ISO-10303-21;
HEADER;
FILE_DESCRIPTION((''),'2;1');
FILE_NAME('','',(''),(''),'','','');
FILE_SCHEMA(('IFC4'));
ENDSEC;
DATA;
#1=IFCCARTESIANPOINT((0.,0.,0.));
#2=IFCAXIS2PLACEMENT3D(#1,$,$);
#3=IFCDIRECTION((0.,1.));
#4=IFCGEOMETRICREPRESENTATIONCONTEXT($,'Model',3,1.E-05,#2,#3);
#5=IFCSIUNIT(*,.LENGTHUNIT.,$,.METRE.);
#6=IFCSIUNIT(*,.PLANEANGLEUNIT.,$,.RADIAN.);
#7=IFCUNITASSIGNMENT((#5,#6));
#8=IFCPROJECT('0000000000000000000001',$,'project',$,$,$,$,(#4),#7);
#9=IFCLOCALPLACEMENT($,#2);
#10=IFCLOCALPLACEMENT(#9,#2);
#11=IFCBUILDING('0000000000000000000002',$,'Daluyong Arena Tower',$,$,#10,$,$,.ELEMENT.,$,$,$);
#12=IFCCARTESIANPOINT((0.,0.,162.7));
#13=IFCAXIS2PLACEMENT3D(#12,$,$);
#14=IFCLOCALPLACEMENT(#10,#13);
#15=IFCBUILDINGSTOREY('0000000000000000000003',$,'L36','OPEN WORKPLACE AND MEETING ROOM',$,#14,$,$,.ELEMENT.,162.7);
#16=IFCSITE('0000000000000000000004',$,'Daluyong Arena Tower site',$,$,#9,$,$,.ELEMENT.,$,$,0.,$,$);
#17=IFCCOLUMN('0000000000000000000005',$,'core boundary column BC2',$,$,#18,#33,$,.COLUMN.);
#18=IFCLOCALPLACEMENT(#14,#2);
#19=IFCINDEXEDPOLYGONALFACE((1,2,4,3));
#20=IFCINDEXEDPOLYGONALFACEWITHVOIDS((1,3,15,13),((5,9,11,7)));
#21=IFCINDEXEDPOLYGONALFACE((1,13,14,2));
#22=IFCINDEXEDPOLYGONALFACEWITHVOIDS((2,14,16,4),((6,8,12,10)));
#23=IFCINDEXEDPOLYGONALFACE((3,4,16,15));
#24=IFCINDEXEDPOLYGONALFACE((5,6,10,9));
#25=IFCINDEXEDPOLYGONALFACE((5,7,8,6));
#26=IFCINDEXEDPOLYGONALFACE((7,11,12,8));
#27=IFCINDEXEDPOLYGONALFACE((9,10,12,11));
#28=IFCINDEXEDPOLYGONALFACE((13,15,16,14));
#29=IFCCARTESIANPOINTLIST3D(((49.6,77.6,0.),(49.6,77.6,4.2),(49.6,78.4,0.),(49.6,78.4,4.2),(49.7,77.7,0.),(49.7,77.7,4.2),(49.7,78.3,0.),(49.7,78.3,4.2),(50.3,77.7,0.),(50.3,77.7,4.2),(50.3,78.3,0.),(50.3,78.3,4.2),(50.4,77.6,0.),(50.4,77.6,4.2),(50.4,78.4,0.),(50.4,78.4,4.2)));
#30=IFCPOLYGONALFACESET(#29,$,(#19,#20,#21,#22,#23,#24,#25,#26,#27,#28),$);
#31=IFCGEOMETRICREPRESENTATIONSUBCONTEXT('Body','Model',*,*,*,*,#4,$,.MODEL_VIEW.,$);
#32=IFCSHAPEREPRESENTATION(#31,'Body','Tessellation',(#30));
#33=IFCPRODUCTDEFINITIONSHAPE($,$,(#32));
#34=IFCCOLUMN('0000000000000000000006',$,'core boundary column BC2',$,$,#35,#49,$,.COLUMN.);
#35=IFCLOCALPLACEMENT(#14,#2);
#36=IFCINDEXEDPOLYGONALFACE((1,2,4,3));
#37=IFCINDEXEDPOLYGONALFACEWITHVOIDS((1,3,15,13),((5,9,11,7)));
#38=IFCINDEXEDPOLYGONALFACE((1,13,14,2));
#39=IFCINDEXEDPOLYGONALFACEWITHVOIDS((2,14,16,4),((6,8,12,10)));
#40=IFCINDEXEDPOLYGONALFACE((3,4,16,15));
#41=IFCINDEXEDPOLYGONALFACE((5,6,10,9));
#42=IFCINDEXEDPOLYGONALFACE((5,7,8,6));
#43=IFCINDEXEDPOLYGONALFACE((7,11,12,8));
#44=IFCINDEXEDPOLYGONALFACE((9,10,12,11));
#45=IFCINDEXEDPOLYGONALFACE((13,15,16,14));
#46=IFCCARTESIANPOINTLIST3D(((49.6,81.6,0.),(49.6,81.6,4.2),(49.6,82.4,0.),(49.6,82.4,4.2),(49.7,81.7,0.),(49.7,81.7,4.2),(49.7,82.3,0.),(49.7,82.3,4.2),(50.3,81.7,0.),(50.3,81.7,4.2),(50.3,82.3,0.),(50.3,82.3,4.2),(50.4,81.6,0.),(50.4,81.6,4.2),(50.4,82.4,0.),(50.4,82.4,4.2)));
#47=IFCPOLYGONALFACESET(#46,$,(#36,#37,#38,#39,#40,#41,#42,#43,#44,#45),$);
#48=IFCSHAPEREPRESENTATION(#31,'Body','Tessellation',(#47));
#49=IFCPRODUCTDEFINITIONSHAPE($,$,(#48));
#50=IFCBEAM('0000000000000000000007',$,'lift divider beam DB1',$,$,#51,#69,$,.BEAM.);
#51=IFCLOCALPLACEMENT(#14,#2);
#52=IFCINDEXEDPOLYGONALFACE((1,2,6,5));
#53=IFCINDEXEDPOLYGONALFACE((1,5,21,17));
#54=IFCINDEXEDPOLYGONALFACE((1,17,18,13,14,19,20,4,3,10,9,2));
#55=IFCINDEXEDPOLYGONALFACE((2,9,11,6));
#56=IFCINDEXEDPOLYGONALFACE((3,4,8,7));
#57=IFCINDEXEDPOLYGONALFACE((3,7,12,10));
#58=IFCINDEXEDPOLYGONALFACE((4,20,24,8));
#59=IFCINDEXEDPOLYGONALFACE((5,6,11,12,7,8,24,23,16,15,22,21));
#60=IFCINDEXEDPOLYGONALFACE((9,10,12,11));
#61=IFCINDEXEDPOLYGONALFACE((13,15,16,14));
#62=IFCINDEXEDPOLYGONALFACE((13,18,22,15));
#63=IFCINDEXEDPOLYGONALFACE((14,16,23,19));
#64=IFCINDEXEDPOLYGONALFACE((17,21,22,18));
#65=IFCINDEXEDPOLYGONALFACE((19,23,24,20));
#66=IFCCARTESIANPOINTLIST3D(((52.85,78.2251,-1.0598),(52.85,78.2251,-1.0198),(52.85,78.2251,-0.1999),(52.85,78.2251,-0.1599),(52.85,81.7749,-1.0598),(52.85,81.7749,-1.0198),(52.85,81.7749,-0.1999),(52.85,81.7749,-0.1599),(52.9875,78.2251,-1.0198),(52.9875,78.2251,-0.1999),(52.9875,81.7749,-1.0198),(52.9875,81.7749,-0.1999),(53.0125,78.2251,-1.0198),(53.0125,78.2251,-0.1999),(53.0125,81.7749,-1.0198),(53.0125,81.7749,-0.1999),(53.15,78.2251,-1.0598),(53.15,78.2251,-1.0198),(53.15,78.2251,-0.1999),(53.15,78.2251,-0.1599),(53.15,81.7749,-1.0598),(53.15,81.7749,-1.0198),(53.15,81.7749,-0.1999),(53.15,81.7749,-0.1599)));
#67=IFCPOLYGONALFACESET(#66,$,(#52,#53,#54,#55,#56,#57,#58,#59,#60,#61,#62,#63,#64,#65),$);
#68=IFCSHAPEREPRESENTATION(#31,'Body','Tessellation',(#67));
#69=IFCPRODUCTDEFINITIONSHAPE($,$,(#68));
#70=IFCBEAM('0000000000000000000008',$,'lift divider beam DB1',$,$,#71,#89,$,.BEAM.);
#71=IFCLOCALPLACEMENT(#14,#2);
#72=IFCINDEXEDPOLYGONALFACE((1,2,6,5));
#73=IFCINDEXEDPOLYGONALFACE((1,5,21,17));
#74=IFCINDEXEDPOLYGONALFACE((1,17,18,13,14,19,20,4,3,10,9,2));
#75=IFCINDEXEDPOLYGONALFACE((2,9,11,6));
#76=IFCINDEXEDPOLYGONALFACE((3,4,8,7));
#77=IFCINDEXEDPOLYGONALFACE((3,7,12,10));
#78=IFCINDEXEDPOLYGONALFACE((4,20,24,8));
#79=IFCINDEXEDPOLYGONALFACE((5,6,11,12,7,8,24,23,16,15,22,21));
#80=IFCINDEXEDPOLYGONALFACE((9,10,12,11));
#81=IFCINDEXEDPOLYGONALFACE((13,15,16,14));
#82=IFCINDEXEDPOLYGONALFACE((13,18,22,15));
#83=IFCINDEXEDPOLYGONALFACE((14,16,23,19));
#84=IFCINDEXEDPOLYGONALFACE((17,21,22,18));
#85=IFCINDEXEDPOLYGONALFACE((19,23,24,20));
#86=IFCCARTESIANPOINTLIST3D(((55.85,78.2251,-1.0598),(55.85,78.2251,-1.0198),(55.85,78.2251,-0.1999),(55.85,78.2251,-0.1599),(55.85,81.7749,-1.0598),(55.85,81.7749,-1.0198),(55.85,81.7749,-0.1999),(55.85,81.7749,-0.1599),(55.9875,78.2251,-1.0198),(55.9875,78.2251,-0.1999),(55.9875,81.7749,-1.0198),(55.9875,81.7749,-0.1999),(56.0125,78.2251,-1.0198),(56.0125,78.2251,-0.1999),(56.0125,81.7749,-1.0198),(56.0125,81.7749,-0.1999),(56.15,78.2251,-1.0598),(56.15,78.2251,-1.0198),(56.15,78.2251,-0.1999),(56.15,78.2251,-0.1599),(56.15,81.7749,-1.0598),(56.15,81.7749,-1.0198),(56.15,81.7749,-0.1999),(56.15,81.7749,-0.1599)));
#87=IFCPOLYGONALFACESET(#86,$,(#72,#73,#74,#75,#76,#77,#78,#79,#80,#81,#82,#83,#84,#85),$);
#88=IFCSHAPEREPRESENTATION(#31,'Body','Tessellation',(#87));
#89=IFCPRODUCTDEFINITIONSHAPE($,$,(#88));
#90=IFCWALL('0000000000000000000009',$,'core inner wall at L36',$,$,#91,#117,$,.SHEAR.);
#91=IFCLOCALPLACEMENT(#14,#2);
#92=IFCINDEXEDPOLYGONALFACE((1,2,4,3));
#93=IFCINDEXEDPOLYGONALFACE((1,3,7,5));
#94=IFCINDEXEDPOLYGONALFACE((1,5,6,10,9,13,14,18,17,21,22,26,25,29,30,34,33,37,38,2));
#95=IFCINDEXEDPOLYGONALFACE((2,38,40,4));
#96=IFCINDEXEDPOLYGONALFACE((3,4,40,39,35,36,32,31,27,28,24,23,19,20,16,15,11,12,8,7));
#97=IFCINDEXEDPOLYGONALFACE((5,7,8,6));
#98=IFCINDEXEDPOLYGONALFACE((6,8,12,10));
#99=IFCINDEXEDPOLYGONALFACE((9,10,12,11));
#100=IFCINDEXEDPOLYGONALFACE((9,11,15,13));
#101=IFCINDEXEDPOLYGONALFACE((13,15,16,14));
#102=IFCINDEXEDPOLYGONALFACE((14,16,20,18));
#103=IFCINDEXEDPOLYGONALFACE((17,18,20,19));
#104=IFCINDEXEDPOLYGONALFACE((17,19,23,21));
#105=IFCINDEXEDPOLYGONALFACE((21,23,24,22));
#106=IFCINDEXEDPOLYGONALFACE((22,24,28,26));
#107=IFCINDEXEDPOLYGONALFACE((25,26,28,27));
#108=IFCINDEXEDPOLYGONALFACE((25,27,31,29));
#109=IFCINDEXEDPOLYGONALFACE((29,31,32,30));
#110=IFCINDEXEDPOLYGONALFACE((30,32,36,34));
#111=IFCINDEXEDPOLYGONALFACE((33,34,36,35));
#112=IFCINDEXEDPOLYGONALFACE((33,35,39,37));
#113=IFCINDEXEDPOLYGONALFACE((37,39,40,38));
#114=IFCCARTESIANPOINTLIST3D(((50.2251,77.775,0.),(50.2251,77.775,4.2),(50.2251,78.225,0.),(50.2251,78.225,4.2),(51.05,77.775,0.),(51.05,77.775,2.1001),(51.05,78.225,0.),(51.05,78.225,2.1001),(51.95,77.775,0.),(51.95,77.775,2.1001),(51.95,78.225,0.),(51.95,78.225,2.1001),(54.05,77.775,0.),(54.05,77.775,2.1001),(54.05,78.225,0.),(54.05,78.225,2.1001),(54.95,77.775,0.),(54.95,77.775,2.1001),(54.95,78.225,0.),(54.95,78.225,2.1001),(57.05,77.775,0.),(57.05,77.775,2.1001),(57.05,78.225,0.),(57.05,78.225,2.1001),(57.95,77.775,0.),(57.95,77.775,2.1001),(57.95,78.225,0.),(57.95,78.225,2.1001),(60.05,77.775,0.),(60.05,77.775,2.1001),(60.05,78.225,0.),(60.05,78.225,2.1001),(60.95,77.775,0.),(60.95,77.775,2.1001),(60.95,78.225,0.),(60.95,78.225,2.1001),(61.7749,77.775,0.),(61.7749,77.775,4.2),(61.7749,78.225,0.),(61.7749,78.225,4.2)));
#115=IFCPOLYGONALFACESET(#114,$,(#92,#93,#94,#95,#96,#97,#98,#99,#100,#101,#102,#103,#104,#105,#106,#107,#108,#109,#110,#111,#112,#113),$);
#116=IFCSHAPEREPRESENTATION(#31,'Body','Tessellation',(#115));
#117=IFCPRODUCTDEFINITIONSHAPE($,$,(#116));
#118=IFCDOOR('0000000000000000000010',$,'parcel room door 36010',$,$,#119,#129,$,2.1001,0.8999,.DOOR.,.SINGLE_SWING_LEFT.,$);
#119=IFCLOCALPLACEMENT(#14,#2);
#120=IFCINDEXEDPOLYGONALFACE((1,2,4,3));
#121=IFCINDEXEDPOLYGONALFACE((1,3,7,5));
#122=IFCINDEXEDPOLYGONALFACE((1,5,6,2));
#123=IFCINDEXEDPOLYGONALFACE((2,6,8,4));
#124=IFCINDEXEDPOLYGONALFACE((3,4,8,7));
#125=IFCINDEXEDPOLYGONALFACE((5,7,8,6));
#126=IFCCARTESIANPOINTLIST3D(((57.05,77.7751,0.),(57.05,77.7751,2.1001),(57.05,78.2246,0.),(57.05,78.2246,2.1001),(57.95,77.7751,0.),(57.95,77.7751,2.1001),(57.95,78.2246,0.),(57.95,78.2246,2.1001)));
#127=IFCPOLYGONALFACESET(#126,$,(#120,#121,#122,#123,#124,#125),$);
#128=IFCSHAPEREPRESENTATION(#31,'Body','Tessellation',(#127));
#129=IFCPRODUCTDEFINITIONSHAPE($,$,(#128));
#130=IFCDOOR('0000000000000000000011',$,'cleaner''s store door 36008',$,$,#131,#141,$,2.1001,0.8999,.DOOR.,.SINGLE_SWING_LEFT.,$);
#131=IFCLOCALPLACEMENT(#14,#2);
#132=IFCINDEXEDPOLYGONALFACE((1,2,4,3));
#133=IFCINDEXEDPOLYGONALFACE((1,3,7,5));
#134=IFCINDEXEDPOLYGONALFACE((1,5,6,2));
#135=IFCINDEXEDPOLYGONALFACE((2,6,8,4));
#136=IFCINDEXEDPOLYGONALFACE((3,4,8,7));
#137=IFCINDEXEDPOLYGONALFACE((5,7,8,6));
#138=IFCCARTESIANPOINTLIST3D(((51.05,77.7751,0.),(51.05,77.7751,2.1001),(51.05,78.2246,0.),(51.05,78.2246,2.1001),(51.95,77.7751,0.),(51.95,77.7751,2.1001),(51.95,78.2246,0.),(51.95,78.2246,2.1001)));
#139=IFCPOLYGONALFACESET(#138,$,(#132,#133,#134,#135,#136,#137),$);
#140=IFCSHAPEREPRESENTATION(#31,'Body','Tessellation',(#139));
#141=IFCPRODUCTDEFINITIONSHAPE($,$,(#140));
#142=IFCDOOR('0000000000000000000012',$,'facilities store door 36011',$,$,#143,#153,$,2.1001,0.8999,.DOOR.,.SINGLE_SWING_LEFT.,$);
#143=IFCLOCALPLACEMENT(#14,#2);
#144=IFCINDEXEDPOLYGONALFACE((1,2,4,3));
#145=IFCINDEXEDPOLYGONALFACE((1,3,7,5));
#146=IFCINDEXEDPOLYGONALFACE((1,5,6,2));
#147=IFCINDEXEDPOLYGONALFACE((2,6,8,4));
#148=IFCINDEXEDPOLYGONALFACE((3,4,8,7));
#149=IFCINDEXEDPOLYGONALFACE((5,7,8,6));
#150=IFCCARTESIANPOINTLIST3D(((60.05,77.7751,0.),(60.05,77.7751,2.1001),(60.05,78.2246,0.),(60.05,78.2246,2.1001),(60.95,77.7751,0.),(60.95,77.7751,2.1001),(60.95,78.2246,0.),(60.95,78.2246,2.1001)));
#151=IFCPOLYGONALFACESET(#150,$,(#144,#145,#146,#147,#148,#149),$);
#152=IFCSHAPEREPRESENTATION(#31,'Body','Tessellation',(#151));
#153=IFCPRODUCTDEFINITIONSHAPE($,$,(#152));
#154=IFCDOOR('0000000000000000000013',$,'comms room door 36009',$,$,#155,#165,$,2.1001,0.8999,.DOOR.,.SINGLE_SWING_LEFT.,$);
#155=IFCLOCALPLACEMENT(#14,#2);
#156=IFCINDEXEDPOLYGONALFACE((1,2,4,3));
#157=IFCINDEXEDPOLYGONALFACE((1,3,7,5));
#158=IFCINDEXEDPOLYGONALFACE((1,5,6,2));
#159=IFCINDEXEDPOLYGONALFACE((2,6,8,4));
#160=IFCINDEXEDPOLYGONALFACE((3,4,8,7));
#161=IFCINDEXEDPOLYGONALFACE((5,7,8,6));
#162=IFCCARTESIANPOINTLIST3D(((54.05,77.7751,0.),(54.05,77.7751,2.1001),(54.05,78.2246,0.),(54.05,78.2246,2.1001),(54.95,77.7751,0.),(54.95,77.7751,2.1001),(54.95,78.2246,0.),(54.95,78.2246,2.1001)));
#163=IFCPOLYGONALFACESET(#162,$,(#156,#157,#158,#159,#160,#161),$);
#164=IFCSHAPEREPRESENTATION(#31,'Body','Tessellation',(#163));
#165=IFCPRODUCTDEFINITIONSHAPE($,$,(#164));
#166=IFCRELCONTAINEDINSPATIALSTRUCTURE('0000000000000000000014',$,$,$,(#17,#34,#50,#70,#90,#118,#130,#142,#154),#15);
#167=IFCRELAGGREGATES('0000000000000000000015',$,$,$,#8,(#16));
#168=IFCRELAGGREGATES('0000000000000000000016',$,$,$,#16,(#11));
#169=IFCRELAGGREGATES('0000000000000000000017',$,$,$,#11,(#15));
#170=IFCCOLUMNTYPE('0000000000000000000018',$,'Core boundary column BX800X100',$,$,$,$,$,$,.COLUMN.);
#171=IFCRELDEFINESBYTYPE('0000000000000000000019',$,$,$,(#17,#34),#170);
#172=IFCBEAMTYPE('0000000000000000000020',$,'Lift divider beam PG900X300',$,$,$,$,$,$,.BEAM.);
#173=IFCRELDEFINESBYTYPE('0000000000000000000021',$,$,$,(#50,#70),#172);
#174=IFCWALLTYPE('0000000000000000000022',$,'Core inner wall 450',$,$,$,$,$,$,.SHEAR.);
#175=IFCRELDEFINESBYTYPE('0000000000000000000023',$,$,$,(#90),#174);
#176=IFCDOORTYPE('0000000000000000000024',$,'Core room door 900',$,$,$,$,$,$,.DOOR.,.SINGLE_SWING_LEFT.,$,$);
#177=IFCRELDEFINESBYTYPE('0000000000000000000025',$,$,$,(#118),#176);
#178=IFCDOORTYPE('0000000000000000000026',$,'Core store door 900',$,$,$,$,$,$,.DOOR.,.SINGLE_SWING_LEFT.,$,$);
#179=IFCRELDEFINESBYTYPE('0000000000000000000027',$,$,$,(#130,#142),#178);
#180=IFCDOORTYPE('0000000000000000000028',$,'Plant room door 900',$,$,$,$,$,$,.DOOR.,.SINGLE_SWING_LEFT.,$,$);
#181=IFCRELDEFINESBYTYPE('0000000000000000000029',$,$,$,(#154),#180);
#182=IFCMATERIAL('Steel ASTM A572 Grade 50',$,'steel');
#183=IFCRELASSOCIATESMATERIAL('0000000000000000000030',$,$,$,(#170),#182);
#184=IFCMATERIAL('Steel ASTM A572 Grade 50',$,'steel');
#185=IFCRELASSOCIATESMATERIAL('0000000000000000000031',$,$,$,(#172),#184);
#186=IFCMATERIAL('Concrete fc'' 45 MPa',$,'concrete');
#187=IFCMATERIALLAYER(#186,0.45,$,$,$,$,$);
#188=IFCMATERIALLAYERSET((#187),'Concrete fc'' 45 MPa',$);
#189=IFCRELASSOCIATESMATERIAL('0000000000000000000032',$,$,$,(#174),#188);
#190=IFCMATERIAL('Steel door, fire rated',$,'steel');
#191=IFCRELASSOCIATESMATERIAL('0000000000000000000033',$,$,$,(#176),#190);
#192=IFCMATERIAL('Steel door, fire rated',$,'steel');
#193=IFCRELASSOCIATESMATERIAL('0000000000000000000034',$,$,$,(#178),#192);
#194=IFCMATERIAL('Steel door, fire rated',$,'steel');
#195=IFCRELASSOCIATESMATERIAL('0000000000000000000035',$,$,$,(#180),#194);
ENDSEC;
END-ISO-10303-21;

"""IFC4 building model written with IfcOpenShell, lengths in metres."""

from ifc_helpers import new_model, si_unit, direction, frame, frame_2d, origin, origin_2d, place, context, subcontext, project, spatial, rectangle, hollow_rectangle, i_section, extrude, material, layer, layer_set, material_profile, profile_set, type_object, element, fill, save


model = new_model("IFC4")

# Units and contexts
model_context = context("Model", 3, precision=1e-05, world=origin(), true_north=direction((0.0, 1.0)))
body_context = subcontext(model_context, "Body", "Model", "MODEL_VIEW")
ifc_project = project(units=[si_unit("LENGTHUNIT", "METRE"), si_unit("PLANEANGLEUNIT", "RADIAN")], contexts=[model_context])

# Site, building, storey
site_placement = place(None, origin())
site = spatial("IfcSite", under=ifc_project, at=site_placement, Name="Daluyong Arena Tower site", CompositionType="ELEMENT", RefElevation=0.0)
building_placement = place(site_placement, origin())
building = spatial("IfcBuilding", under=site, at=building_placement, Name="Daluyong Arena Tower", CompositionType="ELEMENT")
storey_placement = place(building_placement, frame((0.0, 0.0, 162.7)))
storey = spatial("IfcBuildingStorey", under=building, at=storey_placement, Name="L36", Description="OPEN WORKPLACE AND MEETING ROOM", CompositionType="ELEMENT", Elevation=162.7)

# Columns
ifc_material_1 = material(Name="Steel ASTM A572 Grade 50", Category="steel")
ifc_material_profile_1 = material_profile(ifc_material_1, hollow_rectangle(XDim=0.8, YDim=0.8, WallThickness=0.1, at=origin_2d()))
ifc_profile_set_1 = profile_set([ifc_material_profile_1], Name="Steel ASTM A572 Grade 50")
column_type = type_object("IfcColumnType", Name="Core boundary column BX800X100", PredefinedType="COLUMN", material=ifc_profile_set_1)
for number, where, z_axis, x_axis, name in (
    (1, (50.0, 78.0, 0.0), (0.0, 0.0, 1.0), (1.0, 0.0, 0.0), "core boundary column BC2"),
    (2, (50.0, 82.0, 0.0), (0.0, 0.0, 1.0), (1.0, 0.0, 0.0), "core boundary column BC2"),
):
    element("IfcColumn", number, at=place(storey_placement, frame(where, z_axis=z_axis, x_axis=x_axis)), inside=storey, type_object=column_type, Name=name, PredefinedType="COLUMN", context=body_context, shape_type="SweptSolid", body=[
        extrude(hollow_rectangle(XDim=0.8, YDim=0.8, WallThickness=0.1, at=origin_2d()), origin(), (0.0, 0.0, 1.0), 4.2),
    ])

# Beams
ifc_material_2 = material(Name="Steel ASTM A572 Grade 50", Category="steel")
ifc_material_profile_2 = material_profile(ifc_material_2, i_section(OverallWidth=0.3, OverallDepth=0.8999, WebThickness=0.025, FlangeThickness=0.04, at=origin_2d()))
ifc_profile_set_2 = profile_set([ifc_material_profile_2], Name="Steel ASTM A572 Grade 50")
beam_type = type_object("IfcBeamType", Name="Lift divider beam PG900X300", PredefinedType="BEAM", material=ifc_profile_set_2)
for number, where, z_axis, x_axis, name in (
    (3, (53.0, 78.2251, -0.6099), (0.0, 1.0, 0.0), (-1.0, 0.0, 0.0), "lift divider beam DB1"),
    (4, (56.0, 78.2251, -0.6099), (0.0, 1.0, 0.0), (-1.0, 0.0, 0.0), "lift divider beam DB1"),
):
    element("IfcBeam", number, at=place(storey_placement, frame(where, z_axis=z_axis, x_axis=x_axis)), inside=storey, type_object=beam_type, Name=name, PredefinedType="BEAM", context=body_context, shape_type="SweptSolid", body=[
        extrude(i_section(OverallWidth=0.3, OverallDepth=0.8999, WebThickness=0.025, FlangeThickness=0.04, at=origin_2d()), origin(), (0.0, 0.0, 1.0), 3.5498),
    ])

# Wall, openings, doors
ifc_material_3 = material(Name="Concrete fc' 45 MPa", Category="concrete")
ifc_layer_1 = layer(ifc_material_3, 0.45)
ifc_layer_set_1 = layer_set([ifc_layer_1], Name="Concrete fc' 45 MPa")
wall_type_1 = type_object("IfcWallType", Name="Core inner wall 450", PredefinedType="SHEAR", material=ifc_layer_set_1)
wall_1_placement = place(storey_placement, frame((50.2251, 78.0, 0.0), z_axis=(0.0, 0.0, 1.0), x_axis=(1.0, 0.0, 0.0)))
wall_1 = element("IfcWall", 5, at=wall_1_placement, inside=storey, type_object=wall_type_1, Name="core inner wall at L36", PredefinedType="SHEAR", context=body_context, shape_type="SweptSolid", body=[
    extrude(rectangle(XDim=11.5498, YDim=0.45, at=frame_2d((5.7749, 0.0))), origin(), (0.0, 0.0, 1.0), 4.2),
])
opening_1_placement = place(wall_1_placement, frame((0.825, 0.0, 0.0)))
opening_1 = element("IfcOpeningElement", 6, at=opening_1_placement, cuts=wall_1, PredefinedType="OPENING", context=body_context, shape_type="SweptSolid", body=[
    extrude(rectangle(XDim=0.8999, YDim=2.1001, at=frame_2d((0.45, 1.05))), frame((0.0, 0.2349, 0.0), z_axis=(0.0, -1.0, 0.0), x_axis=(1.0, 0.0, 0.0)), (0.0, 0.0, 1.0), 0.47),
])
opening_2_placement = place(wall_1_placement, frame((3.825, 0.0, 0.0)))
opening_2 = element("IfcOpeningElement", 7, at=opening_2_placement, cuts=wall_1, PredefinedType="OPENING", context=body_context, shape_type="SweptSolid", body=[
    extrude(rectangle(XDim=0.8999, YDim=2.1001, at=frame_2d((0.45, 1.05))), frame((0.0, 0.2349, 0.0), z_axis=(0.0, -1.0, 0.0), x_axis=(1.0, 0.0, 0.0)), (0.0, 0.0, 1.0), 0.47),
])
opening_3_placement = place(wall_1_placement, frame((6.825, 0.0, 0.0)))
opening_3 = element("IfcOpeningElement", 8, at=opening_3_placement, cuts=wall_1, PredefinedType="OPENING", context=body_context, shape_type="SweptSolid", body=[
    extrude(rectangle(XDim=0.8999, YDim=2.1001, at=frame_2d((0.45, 1.05))), frame((0.0, 0.2349, 0.0), z_axis=(0.0, -1.0, 0.0), x_axis=(1.0, 0.0, 0.0)), (0.0, 0.0, 1.0), 0.47),
])
opening_4_placement = place(wall_1_placement, frame((9.825, 0.0, 0.0)))
opening_4 = element("IfcOpeningElement", 9, at=opening_4_placement, cuts=wall_1, PredefinedType="OPENING", context=body_context, shape_type="SweptSolid", body=[
    extrude(rectangle(XDim=0.8999, YDim=2.1001, at=frame_2d((0.45, 1.05))), frame((0.0, 0.2349, 0.0), z_axis=(0.0, -1.0, 0.0), x_axis=(1.0, 0.0, 0.0)), (0.0, 0.0, 1.0), 0.47),
])
ifc_material_4 = material(Name="Steel door, fire rated", Category="steel")
door_type_1 = type_object("IfcDoorType", Name="Core room door 900", OperationType="SINGLE_SWING_LEFT", PredefinedType="DOOR", material=ifc_material_4)
door_1_placement = place(opening_3_placement, origin())
door_1 = element("IfcDoor", 10, at=door_1_placement, inside=storey, type_object=door_type_1, Name="parcel room door 36010", OperationType="SINGLE_SWING_LEFT", OverallHeight=2.1001, OverallWidth=0.8999, PredefinedType="DOOR", context=body_context, shape_type="SweptSolid", body=[
    extrude(rectangle(XDim=0.8999, YDim=2.1001, at=frame_2d((0.45, 1.05))), frame((0.0, 0.2246, 0.0), z_axis=(0.0, -1.0, 0.0), x_axis=(1.0, 0.0, 0.0)), (0.0, 0.0, 1.0), 0.4495),
])
fill(opening_3, door_1)
ifc_material_5 = material(Name="Steel door, fire rated", Category="steel")
door_type_2 = type_object("IfcDoorType", Name="Core store door 900", OperationType="SINGLE_SWING_LEFT", PredefinedType="DOOR", material=ifc_material_5)
door_2_placement = place(opening_1_placement, origin())
door_2 = element("IfcDoor", 11, at=door_2_placement, inside=storey, type_object=door_type_2, Name="cleaner's store door 36008", OperationType="SINGLE_SWING_LEFT", OverallHeight=2.1001, OverallWidth=0.8999, PredefinedType="DOOR", context=body_context, shape_type="SweptSolid", body=[
    extrude(rectangle(XDim=0.8999, YDim=2.1001, at=frame_2d((0.45, 1.05))), frame((0.0, 0.2246, 0.0), z_axis=(0.0, -1.0, 0.0), x_axis=(1.0, 0.0, 0.0)), (0.0, 0.0, 1.0), 0.4495),
])
fill(opening_1, door_2)
door_3_placement = place(opening_4_placement, origin())
door_3 = element("IfcDoor", 12, at=door_3_placement, inside=storey, type_object=door_type_2, Name="facilities store door 36011", OperationType="SINGLE_SWING_LEFT", OverallHeight=2.1001, OverallWidth=0.8999, PredefinedType="DOOR", context=body_context, shape_type="SweptSolid", body=[
    extrude(rectangle(XDim=0.8999, YDim=2.1001, at=frame_2d((0.45, 1.05))), frame((0.0, 0.2246, 0.0), z_axis=(0.0, -1.0, 0.0), x_axis=(1.0, 0.0, 0.0)), (0.0, 0.0, 1.0), 0.4495),
])
fill(opening_4, door_3)
ifc_material_6 = material(Name="Steel door, fire rated", Category="steel")
door_type_3 = type_object("IfcDoorType", Name="Plant room door 900", OperationType="SINGLE_SWING_LEFT", PredefinedType="DOOR", material=ifc_material_6)
door_4_placement = place(opening_2_placement, origin())
door_4 = element("IfcDoor", 13, at=door_4_placement, inside=storey, type_object=door_type_3, Name="comms room door 36009", OperationType="SINGLE_SWING_LEFT", OverallHeight=2.1001, OverallWidth=0.8999, PredefinedType="DOOR", context=body_context, shape_type="SweptSolid", body=[
    extrude(rectangle(XDim=0.8999, YDim=2.1001, at=frame_2d((0.45, 1.05))), frame((0.0, 0.2246, 0.0), z_axis=(0.0, -1.0, 0.0), x_axis=(1.0, 0.0, 0.0)), (0.0, 0.0, 1.0), 0.4495),
])
fill(opening_2, door_4)

save(model, "model.ifc")
